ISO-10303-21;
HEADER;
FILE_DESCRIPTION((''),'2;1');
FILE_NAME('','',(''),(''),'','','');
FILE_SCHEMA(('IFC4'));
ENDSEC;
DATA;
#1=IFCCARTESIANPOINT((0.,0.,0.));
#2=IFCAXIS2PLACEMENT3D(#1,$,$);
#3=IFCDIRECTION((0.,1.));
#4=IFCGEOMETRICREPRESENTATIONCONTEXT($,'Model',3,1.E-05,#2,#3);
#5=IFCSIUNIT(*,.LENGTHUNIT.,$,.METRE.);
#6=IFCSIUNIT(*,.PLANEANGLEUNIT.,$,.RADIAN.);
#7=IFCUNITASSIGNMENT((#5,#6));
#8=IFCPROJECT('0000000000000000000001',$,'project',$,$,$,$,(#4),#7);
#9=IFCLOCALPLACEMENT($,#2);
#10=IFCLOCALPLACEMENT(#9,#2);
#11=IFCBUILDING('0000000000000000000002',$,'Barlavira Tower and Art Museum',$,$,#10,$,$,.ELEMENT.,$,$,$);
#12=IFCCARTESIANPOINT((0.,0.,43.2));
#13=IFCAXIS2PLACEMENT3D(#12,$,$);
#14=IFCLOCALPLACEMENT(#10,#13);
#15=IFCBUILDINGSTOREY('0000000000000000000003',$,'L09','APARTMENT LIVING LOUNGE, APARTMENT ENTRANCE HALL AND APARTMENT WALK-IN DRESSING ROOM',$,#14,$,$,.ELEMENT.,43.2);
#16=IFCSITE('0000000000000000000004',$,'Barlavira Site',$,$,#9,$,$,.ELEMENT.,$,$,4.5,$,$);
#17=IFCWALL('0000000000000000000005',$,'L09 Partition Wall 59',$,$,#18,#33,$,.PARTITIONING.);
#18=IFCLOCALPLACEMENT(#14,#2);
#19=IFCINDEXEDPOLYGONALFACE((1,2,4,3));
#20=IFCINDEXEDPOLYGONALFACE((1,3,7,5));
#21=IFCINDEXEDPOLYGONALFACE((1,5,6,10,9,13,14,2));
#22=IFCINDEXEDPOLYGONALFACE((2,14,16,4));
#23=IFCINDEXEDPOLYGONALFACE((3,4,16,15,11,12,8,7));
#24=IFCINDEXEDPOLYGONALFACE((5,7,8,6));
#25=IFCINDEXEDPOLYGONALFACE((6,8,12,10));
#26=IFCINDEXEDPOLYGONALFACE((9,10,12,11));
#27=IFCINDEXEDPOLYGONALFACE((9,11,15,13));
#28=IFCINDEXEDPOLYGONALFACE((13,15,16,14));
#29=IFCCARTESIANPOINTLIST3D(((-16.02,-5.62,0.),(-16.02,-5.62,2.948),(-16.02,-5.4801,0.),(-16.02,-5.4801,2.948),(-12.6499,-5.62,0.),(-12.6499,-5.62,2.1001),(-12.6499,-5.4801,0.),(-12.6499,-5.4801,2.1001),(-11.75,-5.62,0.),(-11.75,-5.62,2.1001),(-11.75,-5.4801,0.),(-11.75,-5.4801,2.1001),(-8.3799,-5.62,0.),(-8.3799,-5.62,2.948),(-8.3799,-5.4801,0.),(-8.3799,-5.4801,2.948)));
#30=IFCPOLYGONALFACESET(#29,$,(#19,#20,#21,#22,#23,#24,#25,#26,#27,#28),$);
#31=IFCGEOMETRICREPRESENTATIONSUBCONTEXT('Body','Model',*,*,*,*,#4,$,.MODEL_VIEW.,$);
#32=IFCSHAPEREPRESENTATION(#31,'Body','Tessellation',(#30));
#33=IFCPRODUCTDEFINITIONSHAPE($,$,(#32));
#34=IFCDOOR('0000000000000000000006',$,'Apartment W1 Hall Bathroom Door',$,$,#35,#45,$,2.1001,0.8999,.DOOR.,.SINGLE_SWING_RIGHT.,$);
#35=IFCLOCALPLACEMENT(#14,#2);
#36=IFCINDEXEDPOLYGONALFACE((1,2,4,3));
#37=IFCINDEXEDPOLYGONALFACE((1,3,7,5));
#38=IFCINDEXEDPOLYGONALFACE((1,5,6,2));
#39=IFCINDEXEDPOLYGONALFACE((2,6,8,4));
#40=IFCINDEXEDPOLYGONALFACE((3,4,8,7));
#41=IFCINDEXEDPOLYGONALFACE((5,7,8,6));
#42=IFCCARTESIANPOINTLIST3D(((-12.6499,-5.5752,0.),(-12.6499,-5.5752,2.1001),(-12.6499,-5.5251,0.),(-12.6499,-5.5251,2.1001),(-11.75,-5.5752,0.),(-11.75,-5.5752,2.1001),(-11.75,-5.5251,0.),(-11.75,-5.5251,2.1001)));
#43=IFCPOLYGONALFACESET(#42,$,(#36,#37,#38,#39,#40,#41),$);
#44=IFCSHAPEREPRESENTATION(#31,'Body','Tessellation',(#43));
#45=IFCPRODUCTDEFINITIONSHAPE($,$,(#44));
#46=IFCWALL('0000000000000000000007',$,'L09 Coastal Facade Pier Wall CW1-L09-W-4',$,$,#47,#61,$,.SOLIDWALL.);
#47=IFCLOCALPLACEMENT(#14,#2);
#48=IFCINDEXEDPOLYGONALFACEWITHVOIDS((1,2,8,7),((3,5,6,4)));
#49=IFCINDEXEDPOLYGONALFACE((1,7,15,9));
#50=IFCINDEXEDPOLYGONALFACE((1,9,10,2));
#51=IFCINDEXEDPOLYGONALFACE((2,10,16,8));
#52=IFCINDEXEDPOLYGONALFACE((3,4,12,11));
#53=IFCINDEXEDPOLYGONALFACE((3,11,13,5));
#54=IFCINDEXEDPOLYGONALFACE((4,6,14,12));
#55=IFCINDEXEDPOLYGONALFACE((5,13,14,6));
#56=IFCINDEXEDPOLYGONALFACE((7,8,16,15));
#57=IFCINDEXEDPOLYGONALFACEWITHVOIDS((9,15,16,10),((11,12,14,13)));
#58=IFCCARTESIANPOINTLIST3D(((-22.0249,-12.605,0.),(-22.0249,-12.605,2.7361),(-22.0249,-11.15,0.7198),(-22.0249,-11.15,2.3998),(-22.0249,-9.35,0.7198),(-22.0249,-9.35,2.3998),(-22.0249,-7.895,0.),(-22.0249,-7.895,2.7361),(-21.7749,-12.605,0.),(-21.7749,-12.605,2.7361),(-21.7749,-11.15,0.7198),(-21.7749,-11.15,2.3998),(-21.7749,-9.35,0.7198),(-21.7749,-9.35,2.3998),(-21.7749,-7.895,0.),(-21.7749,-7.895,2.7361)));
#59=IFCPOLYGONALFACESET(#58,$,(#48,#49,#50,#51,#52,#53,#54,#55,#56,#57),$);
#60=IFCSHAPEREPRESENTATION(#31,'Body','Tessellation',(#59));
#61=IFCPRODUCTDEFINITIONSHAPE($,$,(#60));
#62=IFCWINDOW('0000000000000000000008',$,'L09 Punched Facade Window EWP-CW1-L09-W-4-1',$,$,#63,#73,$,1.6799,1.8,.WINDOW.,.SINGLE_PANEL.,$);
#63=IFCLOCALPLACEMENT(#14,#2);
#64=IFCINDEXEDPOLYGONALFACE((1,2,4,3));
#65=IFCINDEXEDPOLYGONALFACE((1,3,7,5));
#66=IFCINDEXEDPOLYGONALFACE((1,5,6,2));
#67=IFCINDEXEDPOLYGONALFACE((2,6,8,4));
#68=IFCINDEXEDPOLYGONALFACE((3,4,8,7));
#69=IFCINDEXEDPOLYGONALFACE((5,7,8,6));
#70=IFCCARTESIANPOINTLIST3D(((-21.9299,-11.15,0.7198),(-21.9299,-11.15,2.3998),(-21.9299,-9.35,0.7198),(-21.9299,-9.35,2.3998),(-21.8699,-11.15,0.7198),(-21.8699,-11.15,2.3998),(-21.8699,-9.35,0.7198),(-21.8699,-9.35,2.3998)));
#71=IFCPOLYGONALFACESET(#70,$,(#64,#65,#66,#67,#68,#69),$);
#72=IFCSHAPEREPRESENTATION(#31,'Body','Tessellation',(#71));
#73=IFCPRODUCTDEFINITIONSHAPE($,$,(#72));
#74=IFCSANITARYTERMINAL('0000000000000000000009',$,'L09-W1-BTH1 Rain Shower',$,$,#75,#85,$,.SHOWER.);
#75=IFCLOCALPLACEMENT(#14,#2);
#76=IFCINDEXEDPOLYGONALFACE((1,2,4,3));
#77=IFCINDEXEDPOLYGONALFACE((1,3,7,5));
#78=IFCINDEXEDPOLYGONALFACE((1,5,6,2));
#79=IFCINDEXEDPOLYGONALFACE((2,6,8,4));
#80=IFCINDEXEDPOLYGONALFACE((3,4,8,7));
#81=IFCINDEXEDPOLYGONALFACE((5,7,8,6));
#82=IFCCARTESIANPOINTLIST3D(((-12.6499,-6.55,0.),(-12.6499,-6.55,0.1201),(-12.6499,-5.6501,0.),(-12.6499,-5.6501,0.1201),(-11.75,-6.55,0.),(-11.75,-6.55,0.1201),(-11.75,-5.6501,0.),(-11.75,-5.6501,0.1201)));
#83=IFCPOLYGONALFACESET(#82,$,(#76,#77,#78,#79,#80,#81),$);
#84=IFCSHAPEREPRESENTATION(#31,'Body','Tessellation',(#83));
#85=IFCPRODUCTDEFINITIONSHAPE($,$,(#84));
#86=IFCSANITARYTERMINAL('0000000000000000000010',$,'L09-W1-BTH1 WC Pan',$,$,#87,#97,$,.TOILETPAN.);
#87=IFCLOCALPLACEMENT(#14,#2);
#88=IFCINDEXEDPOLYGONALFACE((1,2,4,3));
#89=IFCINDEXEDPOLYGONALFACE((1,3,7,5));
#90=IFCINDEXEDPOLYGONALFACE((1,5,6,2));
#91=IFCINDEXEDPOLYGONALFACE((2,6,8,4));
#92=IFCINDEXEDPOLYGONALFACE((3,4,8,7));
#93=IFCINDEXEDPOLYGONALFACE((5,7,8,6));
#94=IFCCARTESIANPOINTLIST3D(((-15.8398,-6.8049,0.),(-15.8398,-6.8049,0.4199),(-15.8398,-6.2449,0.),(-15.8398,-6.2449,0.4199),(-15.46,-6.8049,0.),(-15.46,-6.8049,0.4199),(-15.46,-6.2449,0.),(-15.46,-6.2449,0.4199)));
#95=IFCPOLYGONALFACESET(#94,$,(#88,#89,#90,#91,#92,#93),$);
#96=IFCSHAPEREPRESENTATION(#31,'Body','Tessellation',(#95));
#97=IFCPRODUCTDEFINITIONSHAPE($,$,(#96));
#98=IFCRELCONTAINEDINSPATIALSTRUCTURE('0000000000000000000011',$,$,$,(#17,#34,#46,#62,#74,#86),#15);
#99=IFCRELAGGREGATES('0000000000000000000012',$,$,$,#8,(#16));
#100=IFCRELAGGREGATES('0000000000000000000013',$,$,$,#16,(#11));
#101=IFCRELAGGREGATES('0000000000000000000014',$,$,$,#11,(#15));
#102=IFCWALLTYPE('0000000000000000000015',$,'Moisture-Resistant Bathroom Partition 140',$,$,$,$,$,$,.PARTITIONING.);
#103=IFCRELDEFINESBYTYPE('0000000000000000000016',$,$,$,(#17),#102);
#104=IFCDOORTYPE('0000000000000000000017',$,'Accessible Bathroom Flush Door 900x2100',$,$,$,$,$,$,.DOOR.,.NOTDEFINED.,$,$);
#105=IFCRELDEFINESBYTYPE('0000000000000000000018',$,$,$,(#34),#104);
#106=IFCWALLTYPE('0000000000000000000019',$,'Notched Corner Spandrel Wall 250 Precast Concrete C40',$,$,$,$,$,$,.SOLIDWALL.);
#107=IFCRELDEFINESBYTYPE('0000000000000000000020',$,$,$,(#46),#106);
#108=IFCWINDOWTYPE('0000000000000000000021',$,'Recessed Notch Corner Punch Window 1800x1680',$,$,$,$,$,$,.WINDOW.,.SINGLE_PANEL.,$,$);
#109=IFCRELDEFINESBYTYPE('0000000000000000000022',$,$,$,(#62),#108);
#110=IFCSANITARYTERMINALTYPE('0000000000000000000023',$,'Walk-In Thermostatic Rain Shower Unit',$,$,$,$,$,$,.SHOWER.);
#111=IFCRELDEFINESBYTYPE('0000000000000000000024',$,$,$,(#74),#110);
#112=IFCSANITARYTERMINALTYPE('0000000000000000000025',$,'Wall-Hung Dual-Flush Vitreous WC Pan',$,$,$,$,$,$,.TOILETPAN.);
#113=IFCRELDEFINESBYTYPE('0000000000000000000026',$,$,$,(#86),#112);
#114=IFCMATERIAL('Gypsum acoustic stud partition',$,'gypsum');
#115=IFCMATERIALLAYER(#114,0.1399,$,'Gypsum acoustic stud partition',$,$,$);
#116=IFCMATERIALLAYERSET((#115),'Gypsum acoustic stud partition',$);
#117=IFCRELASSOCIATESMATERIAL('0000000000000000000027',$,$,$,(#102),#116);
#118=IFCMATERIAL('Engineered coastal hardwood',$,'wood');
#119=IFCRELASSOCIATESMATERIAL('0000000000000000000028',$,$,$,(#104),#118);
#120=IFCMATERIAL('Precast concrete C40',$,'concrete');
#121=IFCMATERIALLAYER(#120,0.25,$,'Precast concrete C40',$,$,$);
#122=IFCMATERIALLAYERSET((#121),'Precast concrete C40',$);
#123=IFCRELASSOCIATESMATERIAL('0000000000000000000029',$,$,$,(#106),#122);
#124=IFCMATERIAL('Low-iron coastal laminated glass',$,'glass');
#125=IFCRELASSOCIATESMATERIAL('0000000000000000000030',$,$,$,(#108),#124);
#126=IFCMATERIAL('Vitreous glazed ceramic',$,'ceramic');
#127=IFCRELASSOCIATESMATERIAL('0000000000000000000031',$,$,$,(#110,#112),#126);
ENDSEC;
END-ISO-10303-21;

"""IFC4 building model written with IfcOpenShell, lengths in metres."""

from ifc_helpers import new_model, si_unit, direction, frame, frame_2d, origin, origin_2d, place, context, subcontext, project, spatial, rectangle, extrude, material, layer, layer_set, type_object, element, fill, save


model = new_model("IFC4")

# Units and contexts
model_context = context("Model", 3, precision=1e-05, world=origin(), true_north=direction((0.0, 1.0)))
body_context = subcontext(model_context, "Body", "Model", "MODEL_VIEW")
ifc_project = project(units=[si_unit("LENGTHUNIT", "METRE"), si_unit("PLANEANGLEUNIT", "RADIAN")], contexts=[model_context])

# Site, building, storey
site_placement = place(None, origin())
site = spatial("IfcSite", under=ifc_project, at=site_placement, Name="Barlavira Site", CompositionType="ELEMENT", RefElevation=4.5)
building_placement = place(site_placement, origin())
building = spatial("IfcBuilding", under=site, at=building_placement, Name="Barlavira Tower and Art Museum", CompositionType="ELEMENT")
storey_placement = place(building_placement, frame((0.0, 0.0, 43.2)))
storey = spatial("IfcBuildingStorey", under=building, at=storey_placement, Name="L09", Description="APARTMENT LIVING LOUNGE, APARTMENT ENTRANCE HALL AND APARTMENT WALK-IN DRESSING ROOM", CompositionType="ELEMENT", Elevation=43.2)

# Shared definitions
ifc_material_1 = material(Name="Low-iron coastal laminated glass", Category="glass")

# Shared definitions
ifc_material_2 = material(Name="Gypsum acoustic stud partition", Category="gypsum")
ifc_material_3 = material(Name="Engineered coastal hardwood", Category="wood")

# Wall, opening, door
ifc_layer_1 = layer(ifc_material_2, 0.1399, Name="Gypsum acoustic stud partition")
ifc_layer_set_1 = layer_set([ifc_layer_1], Name="Gypsum acoustic stud partition")
wall_type_1 = type_object("IfcWallType", Name="Moisture-Resistant Bathroom Partition 140", PredefinedType="PARTITIONING", material=ifc_layer_set_1)
wall_1_placement = place(storey_placement, frame((-16.02, -5.55, 0.0), z_axis=(0.0, 0.0, 1.0), x_axis=(1.0, 0.0, 0.0)))
wall_1 = element("IfcWall", 1, at=wall_1_placement, inside=storey, type_object=wall_type_1, Name="L09 Partition Wall 59", PredefinedType="PARTITIONING", context=body_context, shape_type="SweptSolid", body=[
    extrude(rectangle(XDim=7.6401, YDim=0.1399, at=frame_2d((3.8201, 0.0))), origin(), (0.0, 0.0, 1.0), 2.948),
])
opening_1_placement = place(wall_1_placement, frame((3.3701, 0.0, 0.0)))
opening_1 = element("IfcOpeningElement", 2, at=opening_1_placement, cuts=wall_1, PredefinedType="OPENING", context=body_context, shape_type="SweptSolid", body=[
    extrude(rectangle(XDim=0.8999, YDim=2.1001, at=frame_2d((0.45, 1.05))), frame((0.0, 0.0801, 0.0), z_axis=(0.0, -1.0, 0.0), x_axis=(1.0, 0.0, 0.0)), (0.0, 0.0, 1.0), 0.1599),
])
door_type_1 = type_object("IfcDoorType", Name="Accessible Bathroom Flush Door 900x2100", OperationType="NOTDEFINED", PredefinedType="DOOR", material=ifc_material_3)
door_1_placement = place(opening_1_placement, origin())
door_1 = element("IfcDoor", 3, at=door_1_placement, inside=storey, type_object=door_type_1, Name="Apartment W1 Hall Bathroom Door", OperationType="SINGLE_SWING_RIGHT", OverallHeight=2.1001, OverallWidth=0.8999, PredefinedType="DOOR", context=body_context, shape_type="SweptSolid", body=[
    extrude(rectangle(XDim=0.8999, YDim=2.1001, at=frame_2d((0.45, 1.05))), frame((0.0, 0.0249, 0.0), z_axis=(0.0, -1.0, 0.0), x_axis=(1.0, 0.0, 0.0)), (0.0, 0.0, 1.0), 0.05),
])
fill(opening_1, door_1)

# Wall, opening, window
ifc_material_4 = material(Name="Precast concrete C40", Category="concrete")
ifc_layer_2 = layer(ifc_material_4, 0.25, Name="Precast concrete C40")
ifc_layer_set_2 = layer_set([ifc_layer_2], Name="Precast concrete C40")
wall_type_2 = type_object("IfcWallType", Name="Notched Corner Spandrel Wall 250 Precast Concrete C40", PredefinedType="SOLIDWALL", material=ifc_layer_set_2)
wall_2_placement = place(storey_placement, frame((-21.8999, -7.895, 0.0), z_axis=(0.0, 0.0, 1.0), x_axis=(0.0, -1.0, 0.0)))
wall_2 = element("IfcWall", 4, at=wall_2_placement, inside=storey, type_object=wall_type_2, Name="L09 Coastal Facade Pier Wall CW1-L09-W-4", PredefinedType="SOLIDWALL", context=body_context, shape_type="SweptSolid", body=[
    extrude(rectangle(XDim=4.71, YDim=0.25, at=frame_2d((2.355, 0.0))), origin(), (0.0, 0.0, 1.0), 2.7361),
])
opening_2_placement = place(wall_2_placement, frame((1.4551, 0.0, 0.72)))
opening_2 = element("IfcOpeningElement", 5, at=opening_2_placement, cuts=wall_2, PredefinedType="OPENING", context=body_context, shape_type="SweptSolid", body=[
    extrude(rectangle(XDim=1.8, YDim=1.6799, at=frame_2d((0.8999, 0.8398))), frame((0.0, 0.135, 0.0), z_axis=(0.0, -1.0, 0.0), x_axis=(1.0, 0.0, 0.0)), (0.0, 0.0, 1.0), 0.27),
])
window_type = type_object("IfcWindowType", Name="Recessed Notch Corner Punch Window 1800x1680", PartitioningType="SINGLE_PANEL", PredefinedType="WINDOW", material=ifc_material_1)
window_placement = place(opening_2_placement, origin())
window = element("IfcWindow", 6, at=window_placement, inside=storey, type_object=window_type, Name="L09 Punched Facade Window EWP-CW1-L09-W-4-1", OverallHeight=1.6799, OverallWidth=1.8, PartitioningType="SINGLE_PANEL", PredefinedType="WINDOW", context=body_context, shape_type="SweptSolid", body=[
    extrude(rectangle(XDim=1.8, YDim=1.6799, at=frame_2d((0.8999, 0.8398))), frame((0.0, 0.03, 0.0), z_axis=(0.0, -1.0, 0.0), x_axis=(1.0, 0.0, 0.0)), (0.0, 0.0, 1.0), 0.0601),
])
fill(opening_2, window)

# Sanitary terminals
ifc_material_5 = material(Name="Vitreous glazed ceramic", Category="ceramic")
sanitary_terminal_type_1 = type_object("IfcSanitaryTerminalType", Name="Walk-In Thermostatic Rain Shower Unit", PredefinedType="SHOWER", material=ifc_material_5)
sanitary_terminal_1_placement = place(storey_placement, frame((-12.2, -6.1001, 0.0), z_axis=(0.0, 0.0, 1.0), x_axis=(1.0, 0.0, 0.0)))
element("IfcSanitaryTerminal", 7, at=sanitary_terminal_1_placement, inside=storey, type_object=sanitary_terminal_type_1, Name="L09-W1-BTH1 Rain Shower", PredefinedType="SHOWER", context=body_context, shape_type="SweptSolid", body=[
    extrude(rectangle(XDim=0.8999, YDim=0.8999, at=origin_2d()), origin(), (0.0, 0.0, 1.0), 0.1201),
])
sanitary_terminal_type_2 = type_object("IfcSanitaryTerminalType", Name="Wall-Hung Dual-Flush Vitreous WC Pan", PredefinedType="TOILETPAN", material=ifc_material_5)
sanitary_terminal_2_placement = place(storey_placement, frame((-15.6499, -6.5249, 0.0), z_axis=(0.0, 0.0, 1.0), x_axis=(1.0, 0.0, 0.0)))
element("IfcSanitaryTerminal", 8, at=sanitary_terminal_2_placement, inside=storey, type_object=sanitary_terminal_type_2, Name="L09-W1-BTH1 WC Pan", PredefinedType="TOILETPAN", context=body_context, shape_type="SweptSolid", body=[
    extrude(rectangle(XDim=0.3799, YDim=0.5601, at=origin_2d()), origin(), (0.0, 0.0, 1.0), 0.4199),
])

save(model, "model.ifc")
